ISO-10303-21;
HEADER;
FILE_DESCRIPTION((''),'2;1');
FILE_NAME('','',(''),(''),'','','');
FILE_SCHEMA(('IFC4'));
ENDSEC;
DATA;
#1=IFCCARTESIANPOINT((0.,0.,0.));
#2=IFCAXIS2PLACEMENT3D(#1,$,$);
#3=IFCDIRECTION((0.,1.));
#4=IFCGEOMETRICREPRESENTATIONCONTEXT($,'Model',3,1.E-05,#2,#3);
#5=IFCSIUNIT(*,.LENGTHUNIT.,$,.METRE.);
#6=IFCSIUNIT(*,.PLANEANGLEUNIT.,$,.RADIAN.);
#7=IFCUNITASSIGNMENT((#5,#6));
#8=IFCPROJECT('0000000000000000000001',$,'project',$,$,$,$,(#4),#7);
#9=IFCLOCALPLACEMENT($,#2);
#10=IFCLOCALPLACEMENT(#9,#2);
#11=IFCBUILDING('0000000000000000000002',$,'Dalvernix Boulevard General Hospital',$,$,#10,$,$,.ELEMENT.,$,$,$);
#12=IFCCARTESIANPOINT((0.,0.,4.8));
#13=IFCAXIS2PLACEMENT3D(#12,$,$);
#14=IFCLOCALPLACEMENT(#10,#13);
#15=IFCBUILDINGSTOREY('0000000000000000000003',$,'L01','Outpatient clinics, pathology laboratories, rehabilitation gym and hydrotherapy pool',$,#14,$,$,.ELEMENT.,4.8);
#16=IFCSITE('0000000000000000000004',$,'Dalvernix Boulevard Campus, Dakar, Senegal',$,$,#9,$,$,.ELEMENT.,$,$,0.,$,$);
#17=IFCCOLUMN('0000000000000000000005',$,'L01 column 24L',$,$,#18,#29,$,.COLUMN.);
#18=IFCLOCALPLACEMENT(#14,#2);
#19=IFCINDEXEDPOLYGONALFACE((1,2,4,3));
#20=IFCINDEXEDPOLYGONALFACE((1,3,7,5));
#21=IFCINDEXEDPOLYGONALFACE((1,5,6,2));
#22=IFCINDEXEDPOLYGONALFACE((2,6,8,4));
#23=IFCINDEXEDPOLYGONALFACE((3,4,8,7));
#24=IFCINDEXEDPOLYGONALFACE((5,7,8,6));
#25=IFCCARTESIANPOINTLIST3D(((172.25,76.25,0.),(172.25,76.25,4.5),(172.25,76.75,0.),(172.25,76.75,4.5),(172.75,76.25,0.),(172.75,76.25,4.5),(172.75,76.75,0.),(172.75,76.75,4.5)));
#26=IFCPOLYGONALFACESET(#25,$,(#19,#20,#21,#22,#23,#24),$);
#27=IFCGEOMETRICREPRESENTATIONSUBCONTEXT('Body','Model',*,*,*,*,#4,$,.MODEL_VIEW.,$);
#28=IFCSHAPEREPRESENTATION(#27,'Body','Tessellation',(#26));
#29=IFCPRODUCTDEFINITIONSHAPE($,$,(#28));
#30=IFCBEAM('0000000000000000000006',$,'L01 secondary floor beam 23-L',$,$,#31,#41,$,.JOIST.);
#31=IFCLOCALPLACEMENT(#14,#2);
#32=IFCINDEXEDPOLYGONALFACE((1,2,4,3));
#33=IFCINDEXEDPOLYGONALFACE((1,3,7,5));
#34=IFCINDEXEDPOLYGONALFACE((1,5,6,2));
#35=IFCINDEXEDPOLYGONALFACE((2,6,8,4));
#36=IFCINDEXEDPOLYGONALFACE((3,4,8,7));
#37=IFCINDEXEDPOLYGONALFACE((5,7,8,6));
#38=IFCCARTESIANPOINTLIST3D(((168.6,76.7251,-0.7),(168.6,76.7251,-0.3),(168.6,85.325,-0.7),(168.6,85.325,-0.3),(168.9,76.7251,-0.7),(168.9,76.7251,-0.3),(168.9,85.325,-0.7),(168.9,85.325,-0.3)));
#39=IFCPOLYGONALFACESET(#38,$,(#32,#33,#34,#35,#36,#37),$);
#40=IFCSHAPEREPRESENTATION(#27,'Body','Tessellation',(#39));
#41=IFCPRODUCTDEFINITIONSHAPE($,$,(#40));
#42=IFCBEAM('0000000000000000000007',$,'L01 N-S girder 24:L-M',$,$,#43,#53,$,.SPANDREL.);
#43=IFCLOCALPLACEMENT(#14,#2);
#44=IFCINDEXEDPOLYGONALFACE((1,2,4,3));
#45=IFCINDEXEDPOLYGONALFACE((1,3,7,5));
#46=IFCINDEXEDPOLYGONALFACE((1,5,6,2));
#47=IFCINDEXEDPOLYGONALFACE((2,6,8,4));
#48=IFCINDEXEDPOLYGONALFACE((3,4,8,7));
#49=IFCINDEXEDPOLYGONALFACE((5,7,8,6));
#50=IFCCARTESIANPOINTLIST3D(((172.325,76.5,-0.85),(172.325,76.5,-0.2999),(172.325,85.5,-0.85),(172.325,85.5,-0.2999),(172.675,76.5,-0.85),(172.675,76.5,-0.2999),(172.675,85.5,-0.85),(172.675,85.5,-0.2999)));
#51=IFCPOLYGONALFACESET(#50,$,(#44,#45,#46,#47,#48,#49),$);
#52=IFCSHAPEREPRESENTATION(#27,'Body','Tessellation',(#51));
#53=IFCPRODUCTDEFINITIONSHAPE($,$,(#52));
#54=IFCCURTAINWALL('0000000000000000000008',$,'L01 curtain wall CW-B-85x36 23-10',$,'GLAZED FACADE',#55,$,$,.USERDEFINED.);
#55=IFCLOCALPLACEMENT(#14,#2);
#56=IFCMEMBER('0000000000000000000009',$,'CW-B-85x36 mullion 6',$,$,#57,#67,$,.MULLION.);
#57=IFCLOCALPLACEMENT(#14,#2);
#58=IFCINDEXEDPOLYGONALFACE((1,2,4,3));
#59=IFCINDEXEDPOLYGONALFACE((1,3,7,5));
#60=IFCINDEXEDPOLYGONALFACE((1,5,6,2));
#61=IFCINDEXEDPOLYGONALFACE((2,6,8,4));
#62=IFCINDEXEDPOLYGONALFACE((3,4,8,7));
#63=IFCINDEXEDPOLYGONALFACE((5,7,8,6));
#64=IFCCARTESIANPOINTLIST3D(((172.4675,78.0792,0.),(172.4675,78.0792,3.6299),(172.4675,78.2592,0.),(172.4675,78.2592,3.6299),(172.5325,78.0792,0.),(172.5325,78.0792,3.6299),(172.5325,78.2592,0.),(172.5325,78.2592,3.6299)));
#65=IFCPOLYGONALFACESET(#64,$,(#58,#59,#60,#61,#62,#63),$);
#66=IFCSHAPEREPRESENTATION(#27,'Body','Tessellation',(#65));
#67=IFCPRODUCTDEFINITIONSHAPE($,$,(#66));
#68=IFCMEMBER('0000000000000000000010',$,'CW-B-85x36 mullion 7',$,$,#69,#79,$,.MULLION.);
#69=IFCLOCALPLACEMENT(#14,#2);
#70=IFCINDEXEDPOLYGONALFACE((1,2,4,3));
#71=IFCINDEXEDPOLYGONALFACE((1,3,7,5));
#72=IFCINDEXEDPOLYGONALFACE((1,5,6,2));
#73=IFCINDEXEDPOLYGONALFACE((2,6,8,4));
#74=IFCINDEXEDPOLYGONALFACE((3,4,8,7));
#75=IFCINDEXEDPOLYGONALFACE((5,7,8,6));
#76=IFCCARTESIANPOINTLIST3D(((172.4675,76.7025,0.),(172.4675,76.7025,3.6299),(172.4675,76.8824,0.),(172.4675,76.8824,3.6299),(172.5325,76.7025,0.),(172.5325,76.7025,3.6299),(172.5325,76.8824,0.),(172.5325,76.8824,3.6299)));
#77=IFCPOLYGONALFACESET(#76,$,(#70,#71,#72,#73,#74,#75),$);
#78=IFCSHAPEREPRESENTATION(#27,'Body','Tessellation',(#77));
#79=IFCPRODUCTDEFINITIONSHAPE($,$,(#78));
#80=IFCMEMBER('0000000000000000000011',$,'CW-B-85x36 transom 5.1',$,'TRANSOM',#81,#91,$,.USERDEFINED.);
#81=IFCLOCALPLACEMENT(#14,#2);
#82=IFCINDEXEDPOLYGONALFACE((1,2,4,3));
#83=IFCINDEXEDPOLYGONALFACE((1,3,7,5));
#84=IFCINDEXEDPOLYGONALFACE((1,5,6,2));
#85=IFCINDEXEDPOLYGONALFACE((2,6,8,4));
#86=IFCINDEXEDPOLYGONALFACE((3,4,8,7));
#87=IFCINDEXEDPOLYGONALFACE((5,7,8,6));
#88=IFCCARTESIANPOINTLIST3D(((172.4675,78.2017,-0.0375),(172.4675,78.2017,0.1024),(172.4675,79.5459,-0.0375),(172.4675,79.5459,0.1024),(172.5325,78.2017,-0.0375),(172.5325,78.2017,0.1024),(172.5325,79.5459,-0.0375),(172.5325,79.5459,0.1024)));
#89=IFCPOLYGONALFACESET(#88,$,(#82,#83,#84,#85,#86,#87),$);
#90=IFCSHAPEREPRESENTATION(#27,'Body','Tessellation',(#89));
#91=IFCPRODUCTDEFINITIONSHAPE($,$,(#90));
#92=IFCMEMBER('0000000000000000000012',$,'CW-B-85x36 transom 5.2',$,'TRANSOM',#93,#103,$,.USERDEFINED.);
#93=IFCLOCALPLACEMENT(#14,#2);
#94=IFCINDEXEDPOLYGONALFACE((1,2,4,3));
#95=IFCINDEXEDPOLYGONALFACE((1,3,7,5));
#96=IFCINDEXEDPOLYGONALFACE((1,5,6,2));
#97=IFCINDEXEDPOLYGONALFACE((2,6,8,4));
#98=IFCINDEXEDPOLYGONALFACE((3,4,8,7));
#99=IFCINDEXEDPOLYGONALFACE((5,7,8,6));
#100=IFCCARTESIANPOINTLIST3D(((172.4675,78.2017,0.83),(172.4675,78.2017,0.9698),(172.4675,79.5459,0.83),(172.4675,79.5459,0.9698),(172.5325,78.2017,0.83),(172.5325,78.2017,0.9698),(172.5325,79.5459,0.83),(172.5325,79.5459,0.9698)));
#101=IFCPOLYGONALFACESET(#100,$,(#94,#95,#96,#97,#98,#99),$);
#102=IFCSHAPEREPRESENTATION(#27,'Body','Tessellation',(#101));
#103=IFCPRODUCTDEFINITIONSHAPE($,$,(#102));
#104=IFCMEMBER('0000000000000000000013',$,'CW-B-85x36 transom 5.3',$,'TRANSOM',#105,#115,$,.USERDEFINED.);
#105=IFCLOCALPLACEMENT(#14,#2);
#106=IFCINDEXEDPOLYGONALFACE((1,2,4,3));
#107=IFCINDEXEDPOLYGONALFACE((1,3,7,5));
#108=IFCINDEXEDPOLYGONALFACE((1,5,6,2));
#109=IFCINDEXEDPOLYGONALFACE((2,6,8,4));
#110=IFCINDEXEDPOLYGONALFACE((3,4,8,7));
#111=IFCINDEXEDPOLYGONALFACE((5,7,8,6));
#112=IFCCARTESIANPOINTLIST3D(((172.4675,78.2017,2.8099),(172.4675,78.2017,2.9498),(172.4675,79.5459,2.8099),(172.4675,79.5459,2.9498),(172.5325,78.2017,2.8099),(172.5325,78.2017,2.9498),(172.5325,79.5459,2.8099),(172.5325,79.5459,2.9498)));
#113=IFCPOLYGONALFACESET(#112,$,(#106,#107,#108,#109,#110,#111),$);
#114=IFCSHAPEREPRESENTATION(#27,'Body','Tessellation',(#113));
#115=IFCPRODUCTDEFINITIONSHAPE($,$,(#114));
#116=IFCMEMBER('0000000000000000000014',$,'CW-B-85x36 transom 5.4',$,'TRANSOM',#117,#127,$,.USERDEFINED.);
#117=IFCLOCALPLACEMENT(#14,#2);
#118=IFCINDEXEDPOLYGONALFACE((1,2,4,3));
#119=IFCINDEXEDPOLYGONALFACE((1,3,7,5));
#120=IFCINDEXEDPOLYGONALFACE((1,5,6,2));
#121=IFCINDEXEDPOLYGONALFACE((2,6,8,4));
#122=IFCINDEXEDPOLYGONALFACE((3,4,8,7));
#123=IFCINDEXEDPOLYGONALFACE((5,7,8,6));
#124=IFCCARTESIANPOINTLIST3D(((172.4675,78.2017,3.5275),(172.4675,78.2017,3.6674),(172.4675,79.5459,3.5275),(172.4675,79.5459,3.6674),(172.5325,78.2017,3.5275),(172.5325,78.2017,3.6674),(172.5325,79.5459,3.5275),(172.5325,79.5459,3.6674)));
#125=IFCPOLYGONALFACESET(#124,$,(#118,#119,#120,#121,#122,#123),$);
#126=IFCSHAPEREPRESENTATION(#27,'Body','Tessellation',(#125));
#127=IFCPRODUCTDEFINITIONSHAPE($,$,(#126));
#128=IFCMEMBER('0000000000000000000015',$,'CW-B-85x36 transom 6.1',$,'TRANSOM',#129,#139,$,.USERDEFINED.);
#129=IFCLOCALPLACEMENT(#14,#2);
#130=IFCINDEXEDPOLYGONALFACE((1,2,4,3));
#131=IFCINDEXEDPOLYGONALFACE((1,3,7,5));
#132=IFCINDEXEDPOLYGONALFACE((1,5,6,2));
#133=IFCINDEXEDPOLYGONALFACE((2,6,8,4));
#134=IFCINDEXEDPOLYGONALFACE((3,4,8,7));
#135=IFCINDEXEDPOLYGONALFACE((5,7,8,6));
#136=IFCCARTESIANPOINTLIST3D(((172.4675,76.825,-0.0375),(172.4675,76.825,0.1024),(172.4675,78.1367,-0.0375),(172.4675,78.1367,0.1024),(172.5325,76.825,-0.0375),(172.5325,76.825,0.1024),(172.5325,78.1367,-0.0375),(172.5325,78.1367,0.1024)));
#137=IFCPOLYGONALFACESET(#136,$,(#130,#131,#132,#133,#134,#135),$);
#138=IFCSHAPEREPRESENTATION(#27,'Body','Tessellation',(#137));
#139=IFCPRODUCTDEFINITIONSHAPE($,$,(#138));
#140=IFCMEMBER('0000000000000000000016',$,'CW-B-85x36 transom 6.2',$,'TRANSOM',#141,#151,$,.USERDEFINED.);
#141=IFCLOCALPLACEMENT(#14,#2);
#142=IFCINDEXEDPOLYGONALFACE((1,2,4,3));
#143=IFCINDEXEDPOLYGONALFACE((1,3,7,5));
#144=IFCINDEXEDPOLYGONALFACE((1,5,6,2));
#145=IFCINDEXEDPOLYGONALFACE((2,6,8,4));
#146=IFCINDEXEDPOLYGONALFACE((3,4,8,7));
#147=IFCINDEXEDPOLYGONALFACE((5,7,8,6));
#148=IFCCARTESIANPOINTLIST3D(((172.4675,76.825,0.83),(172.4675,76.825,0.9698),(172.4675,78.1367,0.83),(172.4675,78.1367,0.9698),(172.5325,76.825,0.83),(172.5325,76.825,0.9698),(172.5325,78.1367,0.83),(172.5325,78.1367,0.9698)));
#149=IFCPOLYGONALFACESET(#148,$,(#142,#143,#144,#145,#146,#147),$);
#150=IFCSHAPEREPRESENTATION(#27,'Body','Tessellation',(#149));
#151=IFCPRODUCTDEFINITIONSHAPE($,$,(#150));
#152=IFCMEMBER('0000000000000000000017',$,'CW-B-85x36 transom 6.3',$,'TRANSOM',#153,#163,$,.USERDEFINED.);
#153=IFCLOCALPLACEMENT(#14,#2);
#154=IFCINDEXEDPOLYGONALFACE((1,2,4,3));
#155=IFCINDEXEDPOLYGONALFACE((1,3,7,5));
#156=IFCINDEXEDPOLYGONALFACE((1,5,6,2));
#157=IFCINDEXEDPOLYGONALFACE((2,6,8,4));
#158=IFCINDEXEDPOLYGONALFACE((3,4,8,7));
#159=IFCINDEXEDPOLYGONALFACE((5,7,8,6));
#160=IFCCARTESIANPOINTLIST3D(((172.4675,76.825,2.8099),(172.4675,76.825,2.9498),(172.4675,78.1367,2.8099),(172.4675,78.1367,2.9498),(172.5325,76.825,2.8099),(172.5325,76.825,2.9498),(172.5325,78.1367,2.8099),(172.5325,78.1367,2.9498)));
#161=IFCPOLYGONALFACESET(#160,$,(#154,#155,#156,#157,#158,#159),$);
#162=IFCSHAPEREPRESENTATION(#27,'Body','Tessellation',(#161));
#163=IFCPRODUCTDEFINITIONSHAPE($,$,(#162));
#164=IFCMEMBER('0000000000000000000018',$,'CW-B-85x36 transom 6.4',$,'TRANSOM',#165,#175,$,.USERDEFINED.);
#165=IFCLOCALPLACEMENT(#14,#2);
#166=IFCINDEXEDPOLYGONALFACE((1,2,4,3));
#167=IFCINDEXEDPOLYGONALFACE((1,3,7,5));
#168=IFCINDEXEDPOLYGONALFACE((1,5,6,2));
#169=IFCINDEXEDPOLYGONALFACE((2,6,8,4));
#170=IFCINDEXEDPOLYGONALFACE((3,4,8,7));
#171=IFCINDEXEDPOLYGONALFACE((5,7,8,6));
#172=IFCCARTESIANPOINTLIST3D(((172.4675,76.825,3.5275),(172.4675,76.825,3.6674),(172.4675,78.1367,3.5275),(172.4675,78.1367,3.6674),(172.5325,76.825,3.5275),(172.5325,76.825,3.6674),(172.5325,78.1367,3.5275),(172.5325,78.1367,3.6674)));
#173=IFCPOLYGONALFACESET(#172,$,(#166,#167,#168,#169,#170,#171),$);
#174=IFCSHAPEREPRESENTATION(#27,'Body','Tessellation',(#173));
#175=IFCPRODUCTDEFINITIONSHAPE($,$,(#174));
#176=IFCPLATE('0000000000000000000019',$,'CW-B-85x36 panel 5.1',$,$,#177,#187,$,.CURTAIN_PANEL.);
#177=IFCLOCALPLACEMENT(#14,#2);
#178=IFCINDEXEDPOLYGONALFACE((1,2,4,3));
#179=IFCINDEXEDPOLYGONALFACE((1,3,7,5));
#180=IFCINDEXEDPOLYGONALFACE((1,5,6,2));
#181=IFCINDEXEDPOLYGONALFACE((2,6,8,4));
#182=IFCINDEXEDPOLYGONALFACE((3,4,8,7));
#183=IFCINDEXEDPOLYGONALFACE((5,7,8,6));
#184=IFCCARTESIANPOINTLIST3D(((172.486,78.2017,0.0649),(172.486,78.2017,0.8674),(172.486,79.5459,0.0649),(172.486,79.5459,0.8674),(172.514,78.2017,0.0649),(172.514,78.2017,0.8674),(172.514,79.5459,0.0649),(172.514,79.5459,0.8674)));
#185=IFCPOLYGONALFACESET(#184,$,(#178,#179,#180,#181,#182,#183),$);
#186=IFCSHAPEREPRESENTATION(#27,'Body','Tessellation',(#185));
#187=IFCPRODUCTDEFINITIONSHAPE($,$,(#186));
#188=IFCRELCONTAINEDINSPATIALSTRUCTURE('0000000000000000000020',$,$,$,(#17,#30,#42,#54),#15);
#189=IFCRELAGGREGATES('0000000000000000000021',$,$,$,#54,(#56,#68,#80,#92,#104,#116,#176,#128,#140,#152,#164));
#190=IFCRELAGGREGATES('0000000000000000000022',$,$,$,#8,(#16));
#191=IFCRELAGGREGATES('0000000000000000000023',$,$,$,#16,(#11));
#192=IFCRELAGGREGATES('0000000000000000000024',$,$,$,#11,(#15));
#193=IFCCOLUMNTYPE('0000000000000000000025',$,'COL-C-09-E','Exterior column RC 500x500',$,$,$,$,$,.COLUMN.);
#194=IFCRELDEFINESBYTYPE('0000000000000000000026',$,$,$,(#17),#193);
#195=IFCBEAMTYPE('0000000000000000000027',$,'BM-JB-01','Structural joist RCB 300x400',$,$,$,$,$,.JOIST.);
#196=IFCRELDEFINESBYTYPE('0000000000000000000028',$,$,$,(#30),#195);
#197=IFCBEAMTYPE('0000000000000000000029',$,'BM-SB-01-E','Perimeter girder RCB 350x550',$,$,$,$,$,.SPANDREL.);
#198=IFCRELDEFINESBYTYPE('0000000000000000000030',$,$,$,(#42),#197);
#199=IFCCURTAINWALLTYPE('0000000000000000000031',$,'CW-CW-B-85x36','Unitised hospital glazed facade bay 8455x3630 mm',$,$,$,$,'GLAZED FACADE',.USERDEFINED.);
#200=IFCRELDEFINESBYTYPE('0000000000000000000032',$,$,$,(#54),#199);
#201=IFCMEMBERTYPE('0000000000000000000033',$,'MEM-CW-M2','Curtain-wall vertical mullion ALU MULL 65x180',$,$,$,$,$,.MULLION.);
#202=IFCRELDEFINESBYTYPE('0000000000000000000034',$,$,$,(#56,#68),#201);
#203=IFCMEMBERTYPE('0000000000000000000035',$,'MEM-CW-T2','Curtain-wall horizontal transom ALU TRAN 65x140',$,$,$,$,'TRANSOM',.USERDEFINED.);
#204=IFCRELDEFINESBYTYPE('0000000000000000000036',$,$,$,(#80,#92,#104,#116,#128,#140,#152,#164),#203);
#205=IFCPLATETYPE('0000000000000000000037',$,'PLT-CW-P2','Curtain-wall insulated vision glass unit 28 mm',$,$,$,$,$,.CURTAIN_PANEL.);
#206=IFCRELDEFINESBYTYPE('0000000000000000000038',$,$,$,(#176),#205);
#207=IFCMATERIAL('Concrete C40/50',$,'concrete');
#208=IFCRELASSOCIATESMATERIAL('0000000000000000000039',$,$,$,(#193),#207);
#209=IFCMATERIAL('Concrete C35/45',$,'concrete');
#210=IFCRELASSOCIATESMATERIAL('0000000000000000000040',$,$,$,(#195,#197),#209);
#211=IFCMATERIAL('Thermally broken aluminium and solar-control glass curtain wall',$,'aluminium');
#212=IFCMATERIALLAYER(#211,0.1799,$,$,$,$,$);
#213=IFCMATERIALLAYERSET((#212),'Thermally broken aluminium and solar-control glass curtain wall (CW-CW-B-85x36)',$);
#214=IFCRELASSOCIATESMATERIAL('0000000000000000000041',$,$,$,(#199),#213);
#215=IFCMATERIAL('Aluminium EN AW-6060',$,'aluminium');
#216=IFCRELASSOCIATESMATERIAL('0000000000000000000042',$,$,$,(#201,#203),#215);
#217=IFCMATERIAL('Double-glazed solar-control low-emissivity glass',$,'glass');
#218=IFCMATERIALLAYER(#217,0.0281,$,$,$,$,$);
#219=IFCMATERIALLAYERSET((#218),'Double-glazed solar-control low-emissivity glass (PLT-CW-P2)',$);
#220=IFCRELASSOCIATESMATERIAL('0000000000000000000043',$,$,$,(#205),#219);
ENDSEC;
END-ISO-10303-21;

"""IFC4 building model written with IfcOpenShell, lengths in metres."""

from ifc_helpers import new_model, si_unit, direction, frame, origin, origin_2d, place, context, subcontext, project, spatial, rectangle, extrude, material, layer, layer_set, material_profile, profile_set, type_object, element, aggregate, save


model = new_model("IFC4")

# Units and contexts
model_context = context("Model", 3, precision=1e-05, world=origin(), true_north=direction((0.0, 1.0)))
body_context = subcontext(model_context, "Body", "Model", "MODEL_VIEW")
ifc_project = project(units=[si_unit("LENGTHUNIT", "METRE"), si_unit("PLANEANGLEUNIT", "RADIAN")], contexts=[model_context])

# Site, building, storey
site_placement = place(None, origin())
site = spatial("IfcSite", under=ifc_project, at=site_placement, Name="Dalvernix Boulevard Campus, Dakar, Senegal", CompositionType="ELEMENT", RefElevation=0.0)
building_placement = place(site_placement, origin())
building = spatial("IfcBuilding", under=site, at=building_placement, Name="Dalvernix Boulevard General Hospital", CompositionType="ELEMENT")
storey_placement = place(building_placement, frame((0.0, 0.0, 4.8)))
storey = spatial("IfcBuildingStorey", under=building, at=storey_placement, Name="L01", Description="Outpatient clinics, pathology laboratories, rehabilitation gym and hydrotherapy pool", CompositionType="ELEMENT", Elevation=4.8)

# Column
ifc_material_1 = material(Name="Concrete C40/50", Category="concrete")
ifc_material_profile_1 = material_profile(ifc_material_1, rectangle(XDim=0.5, YDim=0.5, at=origin_2d()), Name="RC 500x500")
ifc_profile_set_1 = profile_set([ifc_material_profile_1], Name="Concrete C40/50")
column_type = type_object("IfcColumnType", Name="COL-C-09-E", Description="Exterior column RC 500x500", PredefinedType="COLUMN", material=ifc_profile_set_1)
column_placement = place(storey_placement, frame((172.5, 76.5, 0.0), z_axis=(0.0, 0.0, 1.0), x_axis=(1.0, 0.0, 0.0)))
element("IfcColumn", 1, at=column_placement, inside=storey, type_object=column_type, Name="L01 column 24L", PredefinedType="COLUMN", context=body_context, shape_type="SweptSolid", body=[
    extrude(rectangle(XDim=0.5, YDim=0.5, at=origin_2d()), origin(), (0.0, 0.0, 1.0), 4.5),
])

# Beams
ifc_material_2 = material(Name="Concrete C35/45", Category="concrete")
ifc_material_profile_2 = material_profile(ifc_material_2, rectangle(XDim=0.3, YDim=0.3999, at=origin_2d()), Name="RCB 300x400")
ifc_profile_set_2 = profile_set([ifc_material_profile_2], Name="Concrete C35/45")
beam_type_1 = type_object("IfcBeamType", Name="BM-JB-01", Description="Structural joist RCB 300x400", PredefinedType="JOIST", material=ifc_profile_set_2)
beam_1_placement = place(storey_placement, frame((168.75, 76.7251, -0.5), z_axis=(0.0, 1.0, 0.0), x_axis=(-1.0, 0.0, 0.0)))
element("IfcBeam", 2, at=beam_1_placement, inside=storey, type_object=beam_type_1, Name="L01 secondary floor beam 23-L", PredefinedType="JOIST", context=body_context, shape_type="SweptSolid", body=[
    extrude(rectangle(XDim=0.3, YDim=0.3999, at=origin_2d()), origin(), (0.0, 0.0, 1.0), 8.5999),
])
ifc_material_profile_3 = material_profile(ifc_material_2, rectangle(XDim=0.3501, YDim=0.55, at=origin_2d()), Name="RCB 350x550")
ifc_profile_set_3 = profile_set([ifc_material_profile_3], Name="Concrete C35/45")
beam_type_2 = type_object("IfcBeamType", Name="BM-SB-01-E", Description="Perimeter girder RCB 350x550", PredefinedType="SPANDREL", material=ifc_profile_set_3)
beam_2_placement = place(storey_placement, frame((172.5, 76.5, -0.575), z_axis=(0.0, 1.0, 0.0), x_axis=(-1.0, 0.0, 0.0)))
element("IfcBeam", 3, at=beam_2_placement, inside=storey, type_object=beam_type_2, Name="L01 N-S girder 24:L-M", PredefinedType="SPANDREL", context=body_context, shape_type="SweptSolid", body=[
    extrude(rectangle(XDim=0.3501, YDim=0.55, at=origin_2d()), origin(), (0.0, 0.0, 1.0), 9.0),
])

# Curtain wall, members, plate
ifc_material_3 = material(Name="Thermally broken aluminium and solar-control glass curtain wall", Category="aluminium")
ifc_layer_1 = layer(ifc_material_3, 0.1799)
ifc_layer_set_1 = layer_set([ifc_layer_1], Name="Thermally broken aluminium and solar-control glass curtain wall (CW-CW-B-85x36)")
curtain_wall_type = type_object("IfcCurtainWallType", Name="CW-CW-B-85x36", Description="Unitised hospital glazed facade bay 8455x3630 mm", ElementType="GLAZED FACADE", PredefinedType="USERDEFINED", material=ifc_layer_set_1)
curtain_wall_placement = place(storey_placement, origin())
curtain_wall = element("IfcCurtainWall", 4, at=curtain_wall_placement, inside=storey, type_object=curtain_wall_type, Name="L01 curtain wall CW-B-85x36 23-10", ObjectType="GLAZED FACADE", PredefinedType="USERDEFINED")
ifc_material_4 = material(Name="Aluminium EN AW-6060", Category="aluminium")
ifc_material_profile_4 = material_profile(ifc_material_4, rectangle(XDim=0.0649, YDim=0.1799, at=origin_2d()), Name="ALU MULL 65x180")
ifc_profile_set_4 = profile_set([ifc_material_profile_4], Name="Aluminium EN AW-6060")
member_type_1 = type_object("IfcMemberType", Name="MEM-CW-M2", Description="Curtain-wall vertical mullion ALU MULL 65x180", PredefinedType="MULLION", material=ifc_profile_set_4)
member_1_placement = place(storey_placement, frame((172.5, 78.1692, 0.0), z_axis=(0.0, 0.0, 1.0), x_axis=(1.0, 0.0, 0.0)))
member_1 = element("IfcMember", 5, at=member_1_placement, type_object=member_type_1, Name="CW-B-85x36 mullion 6", PredefinedType="MULLION", context=body_context, shape_type="SweptSolid", body=[
    extrude(rectangle(XDim=0.0649, YDim=0.1799, at=origin_2d()), origin(), (0.0, 0.0, 1.0), 3.6299),
])
member_2_placement = place(storey_placement, frame((172.5, 76.7925, 0.0), z_axis=(0.0, 0.0, 1.0), x_axis=(1.0, 0.0, 0.0)))
member_2 = element("IfcMember", 6, at=member_2_placement, type_object=member_type_1, Name="CW-B-85x36 mullion 7", PredefinedType="MULLION", context=body_context, shape_type="SweptSolid", body=[
    extrude(rectangle(XDim=0.0649, YDim=0.1799, at=origin_2d()), origin(), (0.0, 0.0, 1.0), 3.6299),
])
ifc_material_profile_5 = material_profile(ifc_material_4, rectangle(XDim=0.0649, YDim=0.1399, at=origin_2d()), Name="ALU TRAN 65x140")
ifc_profile_set_5 = profile_set([ifc_material_profile_5], Name="Aluminium EN AW-6060")
member_type_2 = type_object("IfcMemberType", Name="MEM-CW-T2", Description="Curtain-wall horizontal transom ALU TRAN 65x140", ElementType="TRANSOM", PredefinedType="USERDEFINED", material=ifc_profile_set_5)
member_3_placement = place(storey_placement, frame((172.5, 79.5459, 0.0325), z_axis=(0.0, -1.0, 0.0), x_axis=(1.0, 0.0, 0.0)))
member_3 = element("IfcMember", 7, at=member_3_placement, type_object=member_type_2, Name="CW-B-85x36 transom 5.1", ObjectType="TRANSOM", PredefinedType="USERDEFINED", context=body_context, shape_type="SweptSolid", body=[
    extrude(rectangle(XDim=0.0649, YDim=0.1399, at=origin_2d()), origin(), (0.0, 0.0, 1.0), 1.3442),
])
member_4_placement = place(storey_placement, frame((172.5, 79.5459, 0.8999), z_axis=(0.0, -1.0, 0.0), x_axis=(1.0, 0.0, 0.0)))
member_4 = element("IfcMember", 8, at=member_4_placement, type_object=member_type_2, Name="CW-B-85x36 transom 5.2", ObjectType="TRANSOM", PredefinedType="USERDEFINED", context=body_context, shape_type="SweptSolid", body=[
    extrude(rectangle(XDim=0.0649, YDim=0.1399, at=origin_2d()), origin(), (0.0, 0.0, 1.0), 1.3442),
])
member_5_placement = place(storey_placement, frame((172.5, 79.5459, 2.8799), z_axis=(0.0, -1.0, 0.0), x_axis=(1.0, 0.0, 0.0)))
member_5 = element("IfcMember", 9, at=member_5_placement, type_object=member_type_2, Name="CW-B-85x36 transom 5.3", ObjectType="TRANSOM", PredefinedType="USERDEFINED", context=body_context, shape_type="SweptSolid", body=[
    extrude(rectangle(XDim=0.0649, YDim=0.1399, at=origin_2d()), origin(), (0.0, 0.0, 1.0), 1.3442),
])
member_6_placement = place(storey_placement, frame((172.5, 79.5459, 3.5974), z_axis=(0.0, -1.0, 0.0), x_axis=(1.0, 0.0, 0.0)))
member_6 = element("IfcMember", 10, at=member_6_placement, type_object=member_type_2, Name="CW-B-85x36 transom 5.4", ObjectType="TRANSOM", PredefinedType="USERDEFINED", context=body_context, shape_type="SweptSolid", body=[
    extrude(rectangle(XDim=0.0649, YDim=0.1399, at=origin_2d()), origin(), (0.0, 0.0, 1.0), 1.3442),
])
member_7_placement = place(storey_placement, frame((172.5, 78.1367, 0.0325), z_axis=(0.0, -1.0, 0.0), x_axis=(1.0, 0.0, 0.0)))
member_7 = element("IfcMember", 11, at=member_7_placement, type_object=member_type_2, Name="CW-B-85x36 transom 6.1", ObjectType="TRANSOM", PredefinedType="USERDEFINED", context=body_context, shape_type="SweptSolid", body=[
    extrude(rectangle(XDim=0.0649, YDim=0.1399, at=origin_2d()), origin(), (0.0, 0.0, 1.0), 1.3118),
])
member_8_placement = place(storey_placement, frame((172.5, 78.1367, 0.8999), z_axis=(0.0, -1.0, 0.0), x_axis=(1.0, 0.0, 0.0)))
member_8 = element("IfcMember", 12, at=member_8_placement, type_object=member_type_2, Name="CW-B-85x36 transom 6.2", ObjectType="TRANSOM", PredefinedType="USERDEFINED", context=body_context, shape_type="SweptSolid", body=[
    extrude(rectangle(XDim=0.0649, YDim=0.1399, at=origin_2d()), origin(), (0.0, 0.0, 1.0), 1.3118),
])
member_9_placement = place(storey_placement, frame((172.5, 78.1367, 2.8799), z_axis=(0.0, -1.0, 0.0), x_axis=(1.0, 0.0, 0.0)))
member_9 = element("IfcMember", 13, at=member_9_placement, type_object=member_type_2, Name="CW-B-85x36 transom 6.3", ObjectType="TRANSOM", PredefinedType="USERDEFINED", context=body_context, shape_type="SweptSolid", body=[
    extrude(rectangle(XDim=0.0649, YDim=0.1399, at=origin_2d()), origin(), (0.0, 0.0, 1.0), 1.3118),
])
member_10_placement = place(storey_placement, frame((172.5, 78.1367, 3.5974), z_axis=(0.0, -1.0, 0.0), x_axis=(1.0, 0.0, 0.0)))
member_10 = element("IfcMember", 14, at=member_10_placement, type_object=member_type_2, Name="CW-B-85x36 transom 6.4", ObjectType="TRANSOM", PredefinedType="USERDEFINED", context=body_context, shape_type="SweptSolid", body=[
    extrude(rectangle(XDim=0.0649, YDim=0.1399, at=origin_2d()), origin(), (0.0, 0.0, 1.0), 1.3118),
])
ifc_material_5 = material(Name="Double-glazed solar-control low-emissivity glass", Category="glass")
ifc_layer_2 = layer(ifc_material_5, 0.0281)
ifc_layer_set_2 = layer_set([ifc_layer_2], Name="Double-glazed solar-control low-emissivity glass (PLT-CW-P2)")
plate_type = type_object("IfcPlateType", Name="PLT-CW-P2", Description="Curtain-wall insulated vision glass unit 28 mm", PredefinedType="CURTAIN_PANEL", material=ifc_layer_set_2)
plate_1_placement = place(storey_placement, frame((172.5, 78.8738, 0.0649), z_axis=(0.0, 0.0, 1.0), x_axis=(0.0, -1.0, 0.0)))
plate_1 = element("IfcPlate", 15, at=plate_1_placement, type_object=plate_type, Name="CW-B-85x36 panel 5.1", PredefinedType="CURTAIN_PANEL", context=body_context, shape_type="SweptSolid", body=[
    extrude(rectangle(XDim=1.3442, YDim=0.0281, at=origin_2d()), origin(), (0.0, 0.0, 1.0), 0.8025),
])
aggregate(curtain_wall, [member_1, member_2, member_3, member_4, member_5, member_6, plate_1, member_7, member_8, member_9, member_10])

save(model, "model.ifc")
